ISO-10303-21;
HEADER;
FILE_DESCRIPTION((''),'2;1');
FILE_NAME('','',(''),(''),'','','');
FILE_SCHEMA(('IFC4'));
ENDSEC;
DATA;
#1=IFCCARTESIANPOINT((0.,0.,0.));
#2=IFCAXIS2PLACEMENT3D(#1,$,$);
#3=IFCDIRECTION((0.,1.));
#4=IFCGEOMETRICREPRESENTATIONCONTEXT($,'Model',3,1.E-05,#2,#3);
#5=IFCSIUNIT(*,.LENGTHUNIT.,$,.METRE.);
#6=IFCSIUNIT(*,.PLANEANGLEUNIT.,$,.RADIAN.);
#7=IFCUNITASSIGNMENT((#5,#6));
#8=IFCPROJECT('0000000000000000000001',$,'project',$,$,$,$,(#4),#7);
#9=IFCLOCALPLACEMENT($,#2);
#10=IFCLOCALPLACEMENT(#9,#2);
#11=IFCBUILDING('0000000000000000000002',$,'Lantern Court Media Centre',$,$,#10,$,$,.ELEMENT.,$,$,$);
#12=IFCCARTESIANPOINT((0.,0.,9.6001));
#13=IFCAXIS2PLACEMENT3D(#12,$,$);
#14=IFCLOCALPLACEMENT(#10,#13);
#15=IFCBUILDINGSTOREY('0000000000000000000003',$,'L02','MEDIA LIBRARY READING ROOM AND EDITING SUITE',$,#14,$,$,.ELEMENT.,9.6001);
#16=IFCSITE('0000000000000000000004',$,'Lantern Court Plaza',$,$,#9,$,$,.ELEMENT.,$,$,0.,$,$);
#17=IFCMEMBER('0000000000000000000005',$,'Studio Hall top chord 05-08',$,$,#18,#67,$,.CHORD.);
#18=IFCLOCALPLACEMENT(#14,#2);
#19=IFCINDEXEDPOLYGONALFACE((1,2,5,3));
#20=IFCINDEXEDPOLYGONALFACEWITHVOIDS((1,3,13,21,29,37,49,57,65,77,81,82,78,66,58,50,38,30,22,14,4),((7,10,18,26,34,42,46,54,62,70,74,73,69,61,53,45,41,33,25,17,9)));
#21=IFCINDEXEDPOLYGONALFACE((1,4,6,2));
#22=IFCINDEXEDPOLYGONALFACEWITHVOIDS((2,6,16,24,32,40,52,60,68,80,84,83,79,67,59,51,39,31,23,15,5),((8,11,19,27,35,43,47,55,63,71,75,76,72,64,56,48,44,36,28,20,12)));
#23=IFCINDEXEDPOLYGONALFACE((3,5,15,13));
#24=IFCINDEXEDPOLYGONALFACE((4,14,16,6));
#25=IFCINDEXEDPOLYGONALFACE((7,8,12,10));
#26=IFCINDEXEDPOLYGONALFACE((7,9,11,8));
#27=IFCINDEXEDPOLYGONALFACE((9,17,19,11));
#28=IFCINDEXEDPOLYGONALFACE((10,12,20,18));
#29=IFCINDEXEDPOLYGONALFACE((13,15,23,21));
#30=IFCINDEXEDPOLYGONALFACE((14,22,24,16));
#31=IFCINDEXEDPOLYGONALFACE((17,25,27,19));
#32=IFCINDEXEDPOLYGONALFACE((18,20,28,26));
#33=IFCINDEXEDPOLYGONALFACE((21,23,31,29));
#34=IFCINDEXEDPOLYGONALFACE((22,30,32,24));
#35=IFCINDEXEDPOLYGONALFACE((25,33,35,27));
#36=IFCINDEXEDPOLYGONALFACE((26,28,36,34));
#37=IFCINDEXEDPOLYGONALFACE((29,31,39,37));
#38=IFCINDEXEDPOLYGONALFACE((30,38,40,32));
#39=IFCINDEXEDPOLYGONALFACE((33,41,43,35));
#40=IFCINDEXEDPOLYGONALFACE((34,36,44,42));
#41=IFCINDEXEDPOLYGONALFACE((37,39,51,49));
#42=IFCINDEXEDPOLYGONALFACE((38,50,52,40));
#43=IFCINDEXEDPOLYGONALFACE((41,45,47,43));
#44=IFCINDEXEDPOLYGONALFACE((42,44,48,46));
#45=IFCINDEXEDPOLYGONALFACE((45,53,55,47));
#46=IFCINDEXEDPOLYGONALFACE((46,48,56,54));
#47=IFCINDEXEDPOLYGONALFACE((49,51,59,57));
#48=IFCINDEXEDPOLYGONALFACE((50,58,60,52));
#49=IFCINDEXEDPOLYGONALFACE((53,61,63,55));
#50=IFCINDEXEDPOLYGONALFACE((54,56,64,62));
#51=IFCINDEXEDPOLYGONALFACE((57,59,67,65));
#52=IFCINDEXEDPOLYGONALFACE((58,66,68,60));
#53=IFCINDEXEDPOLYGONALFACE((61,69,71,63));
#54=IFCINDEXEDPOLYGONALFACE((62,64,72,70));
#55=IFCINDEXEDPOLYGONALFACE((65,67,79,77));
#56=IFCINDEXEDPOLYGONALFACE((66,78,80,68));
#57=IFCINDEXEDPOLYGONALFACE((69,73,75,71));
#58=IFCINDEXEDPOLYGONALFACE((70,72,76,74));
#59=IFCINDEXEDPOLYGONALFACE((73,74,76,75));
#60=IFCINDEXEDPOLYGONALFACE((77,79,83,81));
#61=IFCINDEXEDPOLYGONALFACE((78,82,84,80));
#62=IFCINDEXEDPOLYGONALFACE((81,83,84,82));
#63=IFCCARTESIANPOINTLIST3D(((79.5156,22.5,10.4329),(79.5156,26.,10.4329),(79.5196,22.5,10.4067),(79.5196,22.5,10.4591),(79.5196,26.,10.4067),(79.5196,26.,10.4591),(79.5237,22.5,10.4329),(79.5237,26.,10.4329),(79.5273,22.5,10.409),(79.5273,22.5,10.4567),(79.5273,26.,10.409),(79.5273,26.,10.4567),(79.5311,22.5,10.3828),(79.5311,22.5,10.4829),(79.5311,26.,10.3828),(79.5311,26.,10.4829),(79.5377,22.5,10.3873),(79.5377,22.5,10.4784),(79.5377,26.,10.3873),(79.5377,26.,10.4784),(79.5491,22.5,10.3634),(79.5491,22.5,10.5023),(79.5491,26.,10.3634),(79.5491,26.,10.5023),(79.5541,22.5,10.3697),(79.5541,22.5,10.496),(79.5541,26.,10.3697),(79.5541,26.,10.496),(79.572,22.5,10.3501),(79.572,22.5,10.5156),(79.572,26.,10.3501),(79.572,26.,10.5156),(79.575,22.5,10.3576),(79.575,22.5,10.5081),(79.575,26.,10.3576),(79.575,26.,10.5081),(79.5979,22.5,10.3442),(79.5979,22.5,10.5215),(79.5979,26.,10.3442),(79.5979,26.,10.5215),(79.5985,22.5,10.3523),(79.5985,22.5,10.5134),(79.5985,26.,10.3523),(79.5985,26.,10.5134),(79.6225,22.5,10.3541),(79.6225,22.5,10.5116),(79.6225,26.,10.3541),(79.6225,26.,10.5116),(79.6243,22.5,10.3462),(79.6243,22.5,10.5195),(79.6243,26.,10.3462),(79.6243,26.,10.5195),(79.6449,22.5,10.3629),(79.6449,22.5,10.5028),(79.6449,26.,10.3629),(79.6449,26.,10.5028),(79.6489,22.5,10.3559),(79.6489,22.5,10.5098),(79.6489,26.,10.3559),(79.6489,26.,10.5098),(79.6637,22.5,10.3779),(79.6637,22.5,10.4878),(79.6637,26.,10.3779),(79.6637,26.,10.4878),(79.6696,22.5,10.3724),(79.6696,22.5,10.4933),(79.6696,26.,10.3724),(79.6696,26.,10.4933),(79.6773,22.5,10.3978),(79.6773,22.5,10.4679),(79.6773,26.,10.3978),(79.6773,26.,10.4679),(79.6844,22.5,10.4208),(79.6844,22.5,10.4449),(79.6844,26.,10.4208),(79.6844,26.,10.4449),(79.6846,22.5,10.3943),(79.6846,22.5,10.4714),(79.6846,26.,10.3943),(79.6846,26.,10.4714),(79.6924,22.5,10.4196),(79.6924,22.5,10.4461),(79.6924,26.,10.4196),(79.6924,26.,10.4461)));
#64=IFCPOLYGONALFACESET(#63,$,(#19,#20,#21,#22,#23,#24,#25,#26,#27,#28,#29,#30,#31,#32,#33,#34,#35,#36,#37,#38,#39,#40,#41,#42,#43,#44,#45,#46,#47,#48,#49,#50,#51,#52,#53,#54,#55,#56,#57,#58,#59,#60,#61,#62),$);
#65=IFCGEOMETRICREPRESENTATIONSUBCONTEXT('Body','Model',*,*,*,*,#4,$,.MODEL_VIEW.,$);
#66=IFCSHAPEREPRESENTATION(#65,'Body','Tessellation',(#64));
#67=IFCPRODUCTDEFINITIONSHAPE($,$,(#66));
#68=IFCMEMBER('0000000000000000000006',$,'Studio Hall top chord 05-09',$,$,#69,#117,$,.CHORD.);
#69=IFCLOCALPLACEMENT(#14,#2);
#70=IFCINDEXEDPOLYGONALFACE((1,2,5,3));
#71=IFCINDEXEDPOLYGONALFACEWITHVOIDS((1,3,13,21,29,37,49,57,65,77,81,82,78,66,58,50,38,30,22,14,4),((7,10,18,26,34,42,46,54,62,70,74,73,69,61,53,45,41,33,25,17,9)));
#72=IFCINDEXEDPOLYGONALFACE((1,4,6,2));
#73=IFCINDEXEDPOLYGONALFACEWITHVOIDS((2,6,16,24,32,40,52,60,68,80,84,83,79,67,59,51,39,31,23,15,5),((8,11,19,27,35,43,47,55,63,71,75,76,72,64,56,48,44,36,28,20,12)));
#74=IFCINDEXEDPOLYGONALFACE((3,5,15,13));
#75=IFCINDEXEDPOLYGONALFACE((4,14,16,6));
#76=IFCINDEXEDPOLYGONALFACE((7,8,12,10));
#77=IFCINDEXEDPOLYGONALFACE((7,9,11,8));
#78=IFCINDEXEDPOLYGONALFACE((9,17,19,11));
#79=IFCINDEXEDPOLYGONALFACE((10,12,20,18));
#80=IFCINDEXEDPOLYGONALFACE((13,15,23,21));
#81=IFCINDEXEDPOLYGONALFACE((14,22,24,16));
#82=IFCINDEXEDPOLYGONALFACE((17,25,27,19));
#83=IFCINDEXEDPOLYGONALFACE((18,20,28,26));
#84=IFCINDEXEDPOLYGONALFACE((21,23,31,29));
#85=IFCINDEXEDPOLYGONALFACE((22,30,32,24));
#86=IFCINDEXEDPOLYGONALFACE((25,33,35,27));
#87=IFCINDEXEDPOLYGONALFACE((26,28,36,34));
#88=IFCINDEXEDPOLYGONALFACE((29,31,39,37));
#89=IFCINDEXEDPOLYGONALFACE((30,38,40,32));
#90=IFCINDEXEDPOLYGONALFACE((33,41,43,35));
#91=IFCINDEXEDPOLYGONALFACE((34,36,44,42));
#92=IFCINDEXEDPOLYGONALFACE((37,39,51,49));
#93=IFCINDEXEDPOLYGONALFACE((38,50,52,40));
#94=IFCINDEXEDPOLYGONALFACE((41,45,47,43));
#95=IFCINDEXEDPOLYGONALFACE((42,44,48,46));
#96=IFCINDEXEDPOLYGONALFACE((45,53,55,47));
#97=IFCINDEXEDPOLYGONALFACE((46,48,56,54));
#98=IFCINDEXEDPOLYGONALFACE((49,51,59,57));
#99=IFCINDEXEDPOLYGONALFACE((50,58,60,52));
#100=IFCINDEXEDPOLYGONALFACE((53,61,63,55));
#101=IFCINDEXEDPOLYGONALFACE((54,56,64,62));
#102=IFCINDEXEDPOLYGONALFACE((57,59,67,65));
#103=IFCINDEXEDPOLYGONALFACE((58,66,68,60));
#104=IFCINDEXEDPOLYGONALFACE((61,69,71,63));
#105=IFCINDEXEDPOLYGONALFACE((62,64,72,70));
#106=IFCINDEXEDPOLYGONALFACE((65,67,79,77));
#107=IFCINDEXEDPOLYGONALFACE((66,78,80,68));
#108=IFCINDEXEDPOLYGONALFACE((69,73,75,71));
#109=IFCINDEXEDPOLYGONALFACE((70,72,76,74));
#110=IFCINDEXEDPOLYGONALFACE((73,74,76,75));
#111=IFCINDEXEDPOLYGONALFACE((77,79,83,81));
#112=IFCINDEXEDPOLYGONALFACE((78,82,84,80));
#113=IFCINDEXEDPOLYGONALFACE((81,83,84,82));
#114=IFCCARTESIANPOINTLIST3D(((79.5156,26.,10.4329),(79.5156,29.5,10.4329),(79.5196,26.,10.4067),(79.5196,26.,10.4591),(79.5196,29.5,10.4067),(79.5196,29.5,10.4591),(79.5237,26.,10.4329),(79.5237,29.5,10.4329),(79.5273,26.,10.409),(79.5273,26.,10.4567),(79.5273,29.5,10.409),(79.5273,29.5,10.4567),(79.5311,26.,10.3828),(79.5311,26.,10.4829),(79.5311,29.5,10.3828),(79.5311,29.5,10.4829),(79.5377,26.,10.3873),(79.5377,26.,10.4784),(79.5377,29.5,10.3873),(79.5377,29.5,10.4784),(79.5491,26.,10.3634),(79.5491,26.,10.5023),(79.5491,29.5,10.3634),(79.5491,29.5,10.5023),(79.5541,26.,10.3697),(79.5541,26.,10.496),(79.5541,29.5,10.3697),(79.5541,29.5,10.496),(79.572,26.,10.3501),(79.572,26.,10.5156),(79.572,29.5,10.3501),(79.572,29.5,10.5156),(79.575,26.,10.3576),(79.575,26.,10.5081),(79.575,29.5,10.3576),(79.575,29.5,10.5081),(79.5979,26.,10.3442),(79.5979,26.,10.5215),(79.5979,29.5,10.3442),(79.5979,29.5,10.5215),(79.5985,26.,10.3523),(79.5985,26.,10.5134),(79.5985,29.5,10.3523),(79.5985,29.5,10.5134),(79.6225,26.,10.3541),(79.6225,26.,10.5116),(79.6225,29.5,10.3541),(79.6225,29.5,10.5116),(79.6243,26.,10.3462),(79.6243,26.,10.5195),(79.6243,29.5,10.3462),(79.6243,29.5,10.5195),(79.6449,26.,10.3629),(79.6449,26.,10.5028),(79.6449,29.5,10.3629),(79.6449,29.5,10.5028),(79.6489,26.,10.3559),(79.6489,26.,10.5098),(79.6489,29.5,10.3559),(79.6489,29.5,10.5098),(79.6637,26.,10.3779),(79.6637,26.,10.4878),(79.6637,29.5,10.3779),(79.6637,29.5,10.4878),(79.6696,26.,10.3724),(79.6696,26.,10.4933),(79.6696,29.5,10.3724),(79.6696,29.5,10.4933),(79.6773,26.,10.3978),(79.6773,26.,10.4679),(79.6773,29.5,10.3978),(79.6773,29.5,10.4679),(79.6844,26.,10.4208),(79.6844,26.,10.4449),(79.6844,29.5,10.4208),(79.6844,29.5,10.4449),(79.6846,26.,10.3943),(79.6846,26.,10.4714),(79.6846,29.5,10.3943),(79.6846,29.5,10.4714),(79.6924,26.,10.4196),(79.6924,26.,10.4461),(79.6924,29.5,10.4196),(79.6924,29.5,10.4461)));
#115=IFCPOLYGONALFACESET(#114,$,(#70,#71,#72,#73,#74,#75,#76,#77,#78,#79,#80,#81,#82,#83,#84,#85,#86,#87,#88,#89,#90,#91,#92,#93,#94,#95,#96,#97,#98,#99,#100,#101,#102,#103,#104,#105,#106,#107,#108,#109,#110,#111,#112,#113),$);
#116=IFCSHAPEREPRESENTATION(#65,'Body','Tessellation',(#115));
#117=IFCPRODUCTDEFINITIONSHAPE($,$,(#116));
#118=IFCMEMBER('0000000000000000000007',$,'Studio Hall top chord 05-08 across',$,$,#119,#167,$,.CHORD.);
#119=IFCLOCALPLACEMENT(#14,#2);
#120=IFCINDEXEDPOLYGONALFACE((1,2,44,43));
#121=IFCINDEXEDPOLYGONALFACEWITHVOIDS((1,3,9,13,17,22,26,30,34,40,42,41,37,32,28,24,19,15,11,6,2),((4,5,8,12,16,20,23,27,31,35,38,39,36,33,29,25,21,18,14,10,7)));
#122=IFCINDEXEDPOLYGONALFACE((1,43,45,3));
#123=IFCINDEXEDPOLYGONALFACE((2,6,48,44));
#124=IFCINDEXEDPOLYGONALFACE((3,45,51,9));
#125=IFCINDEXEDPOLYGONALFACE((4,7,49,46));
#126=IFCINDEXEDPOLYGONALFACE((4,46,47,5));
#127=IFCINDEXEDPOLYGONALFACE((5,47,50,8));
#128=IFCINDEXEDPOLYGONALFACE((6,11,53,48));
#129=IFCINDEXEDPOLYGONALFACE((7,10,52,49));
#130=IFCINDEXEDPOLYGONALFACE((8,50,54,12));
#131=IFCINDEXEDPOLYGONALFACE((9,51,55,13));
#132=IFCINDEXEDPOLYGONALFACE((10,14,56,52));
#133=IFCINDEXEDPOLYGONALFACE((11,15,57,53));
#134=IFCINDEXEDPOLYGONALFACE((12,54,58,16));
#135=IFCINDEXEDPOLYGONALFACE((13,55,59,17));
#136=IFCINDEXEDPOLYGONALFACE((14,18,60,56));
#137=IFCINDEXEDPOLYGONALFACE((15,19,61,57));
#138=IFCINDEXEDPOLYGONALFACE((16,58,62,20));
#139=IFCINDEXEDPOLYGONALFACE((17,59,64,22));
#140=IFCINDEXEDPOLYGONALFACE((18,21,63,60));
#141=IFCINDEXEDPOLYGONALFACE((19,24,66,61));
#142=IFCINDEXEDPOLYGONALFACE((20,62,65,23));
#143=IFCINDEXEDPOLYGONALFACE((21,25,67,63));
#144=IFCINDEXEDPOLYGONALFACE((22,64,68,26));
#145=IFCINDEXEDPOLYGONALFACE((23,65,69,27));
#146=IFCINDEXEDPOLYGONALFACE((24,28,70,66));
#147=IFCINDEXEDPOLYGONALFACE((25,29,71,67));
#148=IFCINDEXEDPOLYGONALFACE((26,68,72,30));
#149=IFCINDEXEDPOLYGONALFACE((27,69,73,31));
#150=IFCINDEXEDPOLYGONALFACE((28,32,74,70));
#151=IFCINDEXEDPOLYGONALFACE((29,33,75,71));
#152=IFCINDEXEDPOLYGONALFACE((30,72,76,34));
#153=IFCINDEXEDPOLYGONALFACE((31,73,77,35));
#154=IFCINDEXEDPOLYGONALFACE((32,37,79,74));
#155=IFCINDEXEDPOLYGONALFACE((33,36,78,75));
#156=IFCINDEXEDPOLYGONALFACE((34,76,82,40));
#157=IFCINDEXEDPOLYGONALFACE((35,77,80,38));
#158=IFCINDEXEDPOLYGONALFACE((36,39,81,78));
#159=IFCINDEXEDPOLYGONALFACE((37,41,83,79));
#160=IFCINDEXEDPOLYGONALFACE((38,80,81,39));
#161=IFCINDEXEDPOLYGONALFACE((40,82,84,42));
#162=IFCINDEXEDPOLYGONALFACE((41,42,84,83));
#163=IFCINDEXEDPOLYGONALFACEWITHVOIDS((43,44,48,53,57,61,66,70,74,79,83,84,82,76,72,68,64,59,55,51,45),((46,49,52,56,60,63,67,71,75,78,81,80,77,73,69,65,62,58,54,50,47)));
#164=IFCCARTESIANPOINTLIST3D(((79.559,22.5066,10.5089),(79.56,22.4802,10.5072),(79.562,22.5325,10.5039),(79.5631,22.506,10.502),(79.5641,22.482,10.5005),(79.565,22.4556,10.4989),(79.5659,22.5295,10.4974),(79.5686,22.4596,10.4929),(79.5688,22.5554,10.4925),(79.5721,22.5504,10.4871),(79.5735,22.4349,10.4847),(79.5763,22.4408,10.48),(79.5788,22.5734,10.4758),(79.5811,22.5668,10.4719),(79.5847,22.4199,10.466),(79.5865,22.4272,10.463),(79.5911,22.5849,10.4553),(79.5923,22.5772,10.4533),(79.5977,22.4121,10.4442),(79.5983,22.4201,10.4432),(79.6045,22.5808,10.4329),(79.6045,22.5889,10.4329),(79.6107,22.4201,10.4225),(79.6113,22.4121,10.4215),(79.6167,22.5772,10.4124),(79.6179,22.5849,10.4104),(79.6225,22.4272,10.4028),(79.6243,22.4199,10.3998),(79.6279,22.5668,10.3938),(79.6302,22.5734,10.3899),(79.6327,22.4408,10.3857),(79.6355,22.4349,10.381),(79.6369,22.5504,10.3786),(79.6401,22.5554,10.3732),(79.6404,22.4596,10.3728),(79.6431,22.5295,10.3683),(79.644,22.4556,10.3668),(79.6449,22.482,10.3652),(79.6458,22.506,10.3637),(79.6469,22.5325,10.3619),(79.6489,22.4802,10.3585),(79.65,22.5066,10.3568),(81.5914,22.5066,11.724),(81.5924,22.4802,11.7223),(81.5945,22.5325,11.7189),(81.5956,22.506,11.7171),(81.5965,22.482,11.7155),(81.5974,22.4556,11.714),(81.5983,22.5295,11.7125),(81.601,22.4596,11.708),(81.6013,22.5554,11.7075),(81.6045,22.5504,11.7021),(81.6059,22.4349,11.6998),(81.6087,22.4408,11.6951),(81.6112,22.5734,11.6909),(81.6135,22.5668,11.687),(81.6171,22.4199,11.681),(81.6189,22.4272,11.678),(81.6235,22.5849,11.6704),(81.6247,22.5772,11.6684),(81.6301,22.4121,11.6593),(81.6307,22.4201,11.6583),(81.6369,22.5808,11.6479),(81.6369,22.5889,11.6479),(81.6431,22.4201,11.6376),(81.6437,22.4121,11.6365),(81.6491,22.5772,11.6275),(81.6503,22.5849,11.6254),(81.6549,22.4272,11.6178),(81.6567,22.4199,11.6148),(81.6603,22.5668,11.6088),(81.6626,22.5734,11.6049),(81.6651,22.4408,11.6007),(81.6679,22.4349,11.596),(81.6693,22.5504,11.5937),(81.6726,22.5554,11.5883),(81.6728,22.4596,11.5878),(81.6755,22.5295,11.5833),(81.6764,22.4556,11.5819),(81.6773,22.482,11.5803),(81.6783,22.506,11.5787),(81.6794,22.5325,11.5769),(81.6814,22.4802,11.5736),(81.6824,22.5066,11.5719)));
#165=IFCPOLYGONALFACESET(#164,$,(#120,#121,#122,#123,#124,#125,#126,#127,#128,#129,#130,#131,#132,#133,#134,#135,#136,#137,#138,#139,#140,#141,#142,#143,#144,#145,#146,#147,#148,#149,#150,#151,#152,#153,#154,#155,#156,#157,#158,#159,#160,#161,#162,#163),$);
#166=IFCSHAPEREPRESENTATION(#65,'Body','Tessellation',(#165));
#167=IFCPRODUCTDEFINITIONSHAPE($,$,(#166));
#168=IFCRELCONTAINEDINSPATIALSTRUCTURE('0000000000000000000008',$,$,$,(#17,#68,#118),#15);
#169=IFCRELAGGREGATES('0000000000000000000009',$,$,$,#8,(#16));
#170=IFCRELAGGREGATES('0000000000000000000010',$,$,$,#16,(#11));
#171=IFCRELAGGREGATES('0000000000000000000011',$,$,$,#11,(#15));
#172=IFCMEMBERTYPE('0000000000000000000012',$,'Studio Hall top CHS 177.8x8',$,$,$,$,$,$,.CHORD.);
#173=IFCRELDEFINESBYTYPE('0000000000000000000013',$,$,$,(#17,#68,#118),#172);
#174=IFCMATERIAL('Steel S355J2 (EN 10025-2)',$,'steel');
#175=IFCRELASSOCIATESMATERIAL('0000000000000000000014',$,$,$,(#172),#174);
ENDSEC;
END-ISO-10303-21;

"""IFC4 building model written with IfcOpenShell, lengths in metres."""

from ifc_helpers import new_model, si_unit, direction, frame, origin, origin_2d, place, context, subcontext, project, spatial, hollow_circle, extrude, material, material_profile, profile_set, type_object, element, save


model = new_model("IFC4")

# Units and contexts
model_context = context("Model", 3, precision=1e-05, world=origin(), true_north=direction((0.0, 1.0)))
body_context = subcontext(model_context, "Body", "Model", "MODEL_VIEW")
ifc_project = project(units=[si_unit("LENGTHUNIT", "METRE"), si_unit("PLANEANGLEUNIT", "RADIAN")], contexts=[model_context])

# Site, building, storey
site_placement = place(None, origin())
site = spatial("IfcSite", under=ifc_project, at=site_placement, Name="Lantern Court Plaza", CompositionType="ELEMENT", RefElevation=0.0)
building_placement = place(site_placement, origin())
building = spatial("IfcBuilding", under=site, at=building_placement, Name="Lantern Court Media Centre", CompositionType="ELEMENT")
storey_placement = place(building_placement, frame((0.0, 0.0, 9.6001)))
storey = spatial("IfcBuildingStorey", under=building, at=storey_placement, Name="L02", Description="MEDIA LIBRARY READING ROOM AND EDITING SUITE", CompositionType="ELEMENT", Elevation=9.6001)

# Members
ifc_material = material(Name="Steel S355J2 (EN 10025-2)", Category="steel")
ifc_material_profile_1 = material_profile(ifc_material, hollow_circle(Radius=0.0889, WallThickness=0.0081, at=origin_2d()), Name="Studio Hall top CHS 177.8x8")
ifc_profile_set_1 = profile_set([ifc_material_profile_1], Name="Steel S355J2 (EN 10025-2)")
member_type_1 = type_object("IfcMemberType", Name="Studio Hall top CHS 177.8x8", PredefinedType="CHORD", material=ifc_profile_set_1)
for number, where, z_axis, x_axis, name in (
    (1, (79.6045, 22.5, 10.4329), (0.0, 1.0, 0.0), (-1.0, 0.0, 0.0), "Studio Hall top chord 05-08"),
    (2, (79.6045, 26.0, 10.4329), (0.0, 1.0, 0.0), (-1.0, 0.0, 0.0), "Studio Hall top chord 05-09"),
):
    element("IfcMember", number, at=place(storey_placement, frame(where, z_axis=z_axis, x_axis=x_axis)), inside=storey, type_object=member_type_1, Name=name, PredefinedType="CHORD", context=body_context, shape_type="SweptSolid", body=[
        extrude(hollow_circle(Radius=0.0889, WallThickness=0.0081, at=origin_2d()), origin(), (0.0, 0.0, 1.0), 3.5),
    ])
for number, where, z_axis, x_axis, name in (
    (3, (79.6045, 22.5, 10.4329), (0.858311, 0.0, 0.513131), (0.0, 1.0, 0.0), "Studio Hall top chord 05-08 across"),
):
    element("IfcMember", number, at=place(storey_placement, frame(where, z_axis=z_axis, x_axis=x_axis)), inside=storey, type_object=member_type_1, Name=name, PredefinedType="CHORD", context=body_context, shape_type="SweptSolid", body=[
        extrude(hollow_circle(Radius=0.0889, WallThickness=0.0081, at=origin_2d()), origin(), (0.0, 0.0, 1.0), 2.3679),
    ])

save(model, "model.ifc")
